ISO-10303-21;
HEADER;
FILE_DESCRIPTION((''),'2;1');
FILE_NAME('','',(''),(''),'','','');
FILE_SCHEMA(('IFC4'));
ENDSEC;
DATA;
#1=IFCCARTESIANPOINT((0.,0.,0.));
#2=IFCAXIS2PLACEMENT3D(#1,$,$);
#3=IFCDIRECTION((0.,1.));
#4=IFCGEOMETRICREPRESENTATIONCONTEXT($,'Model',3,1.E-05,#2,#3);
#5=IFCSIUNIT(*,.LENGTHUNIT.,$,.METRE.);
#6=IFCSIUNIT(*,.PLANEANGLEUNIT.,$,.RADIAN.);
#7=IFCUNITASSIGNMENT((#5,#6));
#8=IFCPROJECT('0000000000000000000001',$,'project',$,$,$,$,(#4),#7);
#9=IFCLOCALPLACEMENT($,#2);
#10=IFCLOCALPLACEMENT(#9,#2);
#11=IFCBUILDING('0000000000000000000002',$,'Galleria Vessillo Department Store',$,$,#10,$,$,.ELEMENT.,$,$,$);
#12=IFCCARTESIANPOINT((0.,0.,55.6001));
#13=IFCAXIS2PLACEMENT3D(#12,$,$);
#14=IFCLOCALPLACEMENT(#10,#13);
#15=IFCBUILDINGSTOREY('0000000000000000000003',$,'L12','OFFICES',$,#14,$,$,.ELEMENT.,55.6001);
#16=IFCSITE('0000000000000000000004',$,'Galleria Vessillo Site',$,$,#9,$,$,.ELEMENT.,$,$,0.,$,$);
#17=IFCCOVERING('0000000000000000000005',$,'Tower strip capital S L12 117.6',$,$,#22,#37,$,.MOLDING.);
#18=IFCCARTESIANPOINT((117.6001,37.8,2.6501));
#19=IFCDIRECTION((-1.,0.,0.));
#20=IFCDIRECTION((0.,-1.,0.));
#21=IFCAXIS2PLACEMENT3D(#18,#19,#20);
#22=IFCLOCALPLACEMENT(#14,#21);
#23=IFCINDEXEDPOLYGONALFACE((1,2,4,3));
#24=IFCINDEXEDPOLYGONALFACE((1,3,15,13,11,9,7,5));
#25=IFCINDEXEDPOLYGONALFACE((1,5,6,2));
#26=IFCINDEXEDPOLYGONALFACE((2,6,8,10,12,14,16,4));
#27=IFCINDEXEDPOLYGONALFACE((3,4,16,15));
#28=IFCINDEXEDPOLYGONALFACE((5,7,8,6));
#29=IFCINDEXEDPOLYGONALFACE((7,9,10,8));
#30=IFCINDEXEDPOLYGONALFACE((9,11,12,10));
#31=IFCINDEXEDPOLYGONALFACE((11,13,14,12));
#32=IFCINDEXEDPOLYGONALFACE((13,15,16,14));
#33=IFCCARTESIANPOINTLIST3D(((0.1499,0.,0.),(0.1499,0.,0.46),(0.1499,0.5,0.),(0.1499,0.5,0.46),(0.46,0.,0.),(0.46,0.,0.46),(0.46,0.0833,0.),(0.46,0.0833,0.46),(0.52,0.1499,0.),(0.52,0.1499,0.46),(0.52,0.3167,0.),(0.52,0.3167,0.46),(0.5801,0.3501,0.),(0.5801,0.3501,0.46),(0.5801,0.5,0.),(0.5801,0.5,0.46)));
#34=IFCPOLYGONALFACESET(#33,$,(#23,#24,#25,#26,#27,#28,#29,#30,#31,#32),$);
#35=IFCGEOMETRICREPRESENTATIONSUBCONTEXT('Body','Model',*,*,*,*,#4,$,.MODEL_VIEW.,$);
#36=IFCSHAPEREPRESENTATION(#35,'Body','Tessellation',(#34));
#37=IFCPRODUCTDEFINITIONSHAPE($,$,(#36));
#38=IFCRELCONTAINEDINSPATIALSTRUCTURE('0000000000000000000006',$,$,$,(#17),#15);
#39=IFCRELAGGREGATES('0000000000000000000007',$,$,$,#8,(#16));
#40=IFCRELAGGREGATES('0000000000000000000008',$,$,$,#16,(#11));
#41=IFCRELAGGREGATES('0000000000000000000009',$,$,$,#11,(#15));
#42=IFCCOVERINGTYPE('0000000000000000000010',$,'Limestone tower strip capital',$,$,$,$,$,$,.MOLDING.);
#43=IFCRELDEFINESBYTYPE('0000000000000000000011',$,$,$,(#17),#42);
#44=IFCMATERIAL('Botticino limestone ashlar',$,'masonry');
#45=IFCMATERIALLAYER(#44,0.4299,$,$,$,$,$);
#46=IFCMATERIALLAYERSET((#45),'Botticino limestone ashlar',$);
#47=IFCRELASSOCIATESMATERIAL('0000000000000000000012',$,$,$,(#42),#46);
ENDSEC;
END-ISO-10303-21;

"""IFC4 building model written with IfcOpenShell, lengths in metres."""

from ifc_helpers import new_model, si_unit, direction, frame, origin, place, context, subcontext, project, spatial, polyline, outline, extrude, material, layer, layer_set, type_object, element, save


model = new_model("IFC4")

# Units and contexts
model_context = context("Model", 3, precision=1e-05, world=origin(), true_north=direction((0.0, 1.0)))
body_context = subcontext(model_context, "Body", "Model", "MODEL_VIEW")
ifc_project = project(units=[si_unit("LENGTHUNIT", "METRE"), si_unit("PLANEANGLEUNIT", "RADIAN")], contexts=[model_context])

# Site, building, storey
site_placement = place(None, origin())
site = spatial("IfcSite", under=ifc_project, at=site_placement, Name="Galleria Vessillo Site", CompositionType="ELEMENT", RefElevation=0.0)
building_placement = place(site_placement, origin())
building = spatial("IfcBuilding", under=site, at=building_placement, Name="Galleria Vessillo Department Store", CompositionType="ELEMENT")
storey_placement = place(building_placement, frame((0.0, 0.0, 55.6001)))
storey = spatial("IfcBuildingStorey", under=building, at=storey_placement, Name="L12", Description="OFFICES", CompositionType="ELEMENT", Elevation=55.6001)

# Covering
ifc_material_1 = material(Name="Botticino limestone ashlar", Category="masonry")
ifc_layer_1 = layer(ifc_material_1, 0.4299)
ifc_layer_set_1 = layer_set([ifc_layer_1], Name="Botticino limestone ashlar")
covering_type_1 = type_object("IfcCoveringType", Name="Limestone tower strip capital", PredefinedType="MOLDING", material=ifc_layer_set_1)
covering_1_placement = place(storey_placement, frame((117.6001, 37.8, 2.6501), z_axis=(-1.0, 0.0, 0.0), x_axis=(0.0, -1.0, 0.0)))
element("IfcCovering", 1, at=covering_1_placement, inside=storey, type_object=covering_type_1, Name="Tower strip capital S L12 117.6", PredefinedType="MOLDING", context=body_context, shape_type="SweptSolid", body=[
    extrude(outline(polyline([(0.1499, 0.0), (0.46, 0.0), (0.46, 0.0833), (0.52, 0.1499), (0.52, 0.3167), (0.5801, 0.3501), (0.5801, 0.5), (0.1499, 0.5), (0.1499, 0.0)])), origin(), (0.0, 0.0, 1.0), 0.46),
])

save(model, "model.ifc")
